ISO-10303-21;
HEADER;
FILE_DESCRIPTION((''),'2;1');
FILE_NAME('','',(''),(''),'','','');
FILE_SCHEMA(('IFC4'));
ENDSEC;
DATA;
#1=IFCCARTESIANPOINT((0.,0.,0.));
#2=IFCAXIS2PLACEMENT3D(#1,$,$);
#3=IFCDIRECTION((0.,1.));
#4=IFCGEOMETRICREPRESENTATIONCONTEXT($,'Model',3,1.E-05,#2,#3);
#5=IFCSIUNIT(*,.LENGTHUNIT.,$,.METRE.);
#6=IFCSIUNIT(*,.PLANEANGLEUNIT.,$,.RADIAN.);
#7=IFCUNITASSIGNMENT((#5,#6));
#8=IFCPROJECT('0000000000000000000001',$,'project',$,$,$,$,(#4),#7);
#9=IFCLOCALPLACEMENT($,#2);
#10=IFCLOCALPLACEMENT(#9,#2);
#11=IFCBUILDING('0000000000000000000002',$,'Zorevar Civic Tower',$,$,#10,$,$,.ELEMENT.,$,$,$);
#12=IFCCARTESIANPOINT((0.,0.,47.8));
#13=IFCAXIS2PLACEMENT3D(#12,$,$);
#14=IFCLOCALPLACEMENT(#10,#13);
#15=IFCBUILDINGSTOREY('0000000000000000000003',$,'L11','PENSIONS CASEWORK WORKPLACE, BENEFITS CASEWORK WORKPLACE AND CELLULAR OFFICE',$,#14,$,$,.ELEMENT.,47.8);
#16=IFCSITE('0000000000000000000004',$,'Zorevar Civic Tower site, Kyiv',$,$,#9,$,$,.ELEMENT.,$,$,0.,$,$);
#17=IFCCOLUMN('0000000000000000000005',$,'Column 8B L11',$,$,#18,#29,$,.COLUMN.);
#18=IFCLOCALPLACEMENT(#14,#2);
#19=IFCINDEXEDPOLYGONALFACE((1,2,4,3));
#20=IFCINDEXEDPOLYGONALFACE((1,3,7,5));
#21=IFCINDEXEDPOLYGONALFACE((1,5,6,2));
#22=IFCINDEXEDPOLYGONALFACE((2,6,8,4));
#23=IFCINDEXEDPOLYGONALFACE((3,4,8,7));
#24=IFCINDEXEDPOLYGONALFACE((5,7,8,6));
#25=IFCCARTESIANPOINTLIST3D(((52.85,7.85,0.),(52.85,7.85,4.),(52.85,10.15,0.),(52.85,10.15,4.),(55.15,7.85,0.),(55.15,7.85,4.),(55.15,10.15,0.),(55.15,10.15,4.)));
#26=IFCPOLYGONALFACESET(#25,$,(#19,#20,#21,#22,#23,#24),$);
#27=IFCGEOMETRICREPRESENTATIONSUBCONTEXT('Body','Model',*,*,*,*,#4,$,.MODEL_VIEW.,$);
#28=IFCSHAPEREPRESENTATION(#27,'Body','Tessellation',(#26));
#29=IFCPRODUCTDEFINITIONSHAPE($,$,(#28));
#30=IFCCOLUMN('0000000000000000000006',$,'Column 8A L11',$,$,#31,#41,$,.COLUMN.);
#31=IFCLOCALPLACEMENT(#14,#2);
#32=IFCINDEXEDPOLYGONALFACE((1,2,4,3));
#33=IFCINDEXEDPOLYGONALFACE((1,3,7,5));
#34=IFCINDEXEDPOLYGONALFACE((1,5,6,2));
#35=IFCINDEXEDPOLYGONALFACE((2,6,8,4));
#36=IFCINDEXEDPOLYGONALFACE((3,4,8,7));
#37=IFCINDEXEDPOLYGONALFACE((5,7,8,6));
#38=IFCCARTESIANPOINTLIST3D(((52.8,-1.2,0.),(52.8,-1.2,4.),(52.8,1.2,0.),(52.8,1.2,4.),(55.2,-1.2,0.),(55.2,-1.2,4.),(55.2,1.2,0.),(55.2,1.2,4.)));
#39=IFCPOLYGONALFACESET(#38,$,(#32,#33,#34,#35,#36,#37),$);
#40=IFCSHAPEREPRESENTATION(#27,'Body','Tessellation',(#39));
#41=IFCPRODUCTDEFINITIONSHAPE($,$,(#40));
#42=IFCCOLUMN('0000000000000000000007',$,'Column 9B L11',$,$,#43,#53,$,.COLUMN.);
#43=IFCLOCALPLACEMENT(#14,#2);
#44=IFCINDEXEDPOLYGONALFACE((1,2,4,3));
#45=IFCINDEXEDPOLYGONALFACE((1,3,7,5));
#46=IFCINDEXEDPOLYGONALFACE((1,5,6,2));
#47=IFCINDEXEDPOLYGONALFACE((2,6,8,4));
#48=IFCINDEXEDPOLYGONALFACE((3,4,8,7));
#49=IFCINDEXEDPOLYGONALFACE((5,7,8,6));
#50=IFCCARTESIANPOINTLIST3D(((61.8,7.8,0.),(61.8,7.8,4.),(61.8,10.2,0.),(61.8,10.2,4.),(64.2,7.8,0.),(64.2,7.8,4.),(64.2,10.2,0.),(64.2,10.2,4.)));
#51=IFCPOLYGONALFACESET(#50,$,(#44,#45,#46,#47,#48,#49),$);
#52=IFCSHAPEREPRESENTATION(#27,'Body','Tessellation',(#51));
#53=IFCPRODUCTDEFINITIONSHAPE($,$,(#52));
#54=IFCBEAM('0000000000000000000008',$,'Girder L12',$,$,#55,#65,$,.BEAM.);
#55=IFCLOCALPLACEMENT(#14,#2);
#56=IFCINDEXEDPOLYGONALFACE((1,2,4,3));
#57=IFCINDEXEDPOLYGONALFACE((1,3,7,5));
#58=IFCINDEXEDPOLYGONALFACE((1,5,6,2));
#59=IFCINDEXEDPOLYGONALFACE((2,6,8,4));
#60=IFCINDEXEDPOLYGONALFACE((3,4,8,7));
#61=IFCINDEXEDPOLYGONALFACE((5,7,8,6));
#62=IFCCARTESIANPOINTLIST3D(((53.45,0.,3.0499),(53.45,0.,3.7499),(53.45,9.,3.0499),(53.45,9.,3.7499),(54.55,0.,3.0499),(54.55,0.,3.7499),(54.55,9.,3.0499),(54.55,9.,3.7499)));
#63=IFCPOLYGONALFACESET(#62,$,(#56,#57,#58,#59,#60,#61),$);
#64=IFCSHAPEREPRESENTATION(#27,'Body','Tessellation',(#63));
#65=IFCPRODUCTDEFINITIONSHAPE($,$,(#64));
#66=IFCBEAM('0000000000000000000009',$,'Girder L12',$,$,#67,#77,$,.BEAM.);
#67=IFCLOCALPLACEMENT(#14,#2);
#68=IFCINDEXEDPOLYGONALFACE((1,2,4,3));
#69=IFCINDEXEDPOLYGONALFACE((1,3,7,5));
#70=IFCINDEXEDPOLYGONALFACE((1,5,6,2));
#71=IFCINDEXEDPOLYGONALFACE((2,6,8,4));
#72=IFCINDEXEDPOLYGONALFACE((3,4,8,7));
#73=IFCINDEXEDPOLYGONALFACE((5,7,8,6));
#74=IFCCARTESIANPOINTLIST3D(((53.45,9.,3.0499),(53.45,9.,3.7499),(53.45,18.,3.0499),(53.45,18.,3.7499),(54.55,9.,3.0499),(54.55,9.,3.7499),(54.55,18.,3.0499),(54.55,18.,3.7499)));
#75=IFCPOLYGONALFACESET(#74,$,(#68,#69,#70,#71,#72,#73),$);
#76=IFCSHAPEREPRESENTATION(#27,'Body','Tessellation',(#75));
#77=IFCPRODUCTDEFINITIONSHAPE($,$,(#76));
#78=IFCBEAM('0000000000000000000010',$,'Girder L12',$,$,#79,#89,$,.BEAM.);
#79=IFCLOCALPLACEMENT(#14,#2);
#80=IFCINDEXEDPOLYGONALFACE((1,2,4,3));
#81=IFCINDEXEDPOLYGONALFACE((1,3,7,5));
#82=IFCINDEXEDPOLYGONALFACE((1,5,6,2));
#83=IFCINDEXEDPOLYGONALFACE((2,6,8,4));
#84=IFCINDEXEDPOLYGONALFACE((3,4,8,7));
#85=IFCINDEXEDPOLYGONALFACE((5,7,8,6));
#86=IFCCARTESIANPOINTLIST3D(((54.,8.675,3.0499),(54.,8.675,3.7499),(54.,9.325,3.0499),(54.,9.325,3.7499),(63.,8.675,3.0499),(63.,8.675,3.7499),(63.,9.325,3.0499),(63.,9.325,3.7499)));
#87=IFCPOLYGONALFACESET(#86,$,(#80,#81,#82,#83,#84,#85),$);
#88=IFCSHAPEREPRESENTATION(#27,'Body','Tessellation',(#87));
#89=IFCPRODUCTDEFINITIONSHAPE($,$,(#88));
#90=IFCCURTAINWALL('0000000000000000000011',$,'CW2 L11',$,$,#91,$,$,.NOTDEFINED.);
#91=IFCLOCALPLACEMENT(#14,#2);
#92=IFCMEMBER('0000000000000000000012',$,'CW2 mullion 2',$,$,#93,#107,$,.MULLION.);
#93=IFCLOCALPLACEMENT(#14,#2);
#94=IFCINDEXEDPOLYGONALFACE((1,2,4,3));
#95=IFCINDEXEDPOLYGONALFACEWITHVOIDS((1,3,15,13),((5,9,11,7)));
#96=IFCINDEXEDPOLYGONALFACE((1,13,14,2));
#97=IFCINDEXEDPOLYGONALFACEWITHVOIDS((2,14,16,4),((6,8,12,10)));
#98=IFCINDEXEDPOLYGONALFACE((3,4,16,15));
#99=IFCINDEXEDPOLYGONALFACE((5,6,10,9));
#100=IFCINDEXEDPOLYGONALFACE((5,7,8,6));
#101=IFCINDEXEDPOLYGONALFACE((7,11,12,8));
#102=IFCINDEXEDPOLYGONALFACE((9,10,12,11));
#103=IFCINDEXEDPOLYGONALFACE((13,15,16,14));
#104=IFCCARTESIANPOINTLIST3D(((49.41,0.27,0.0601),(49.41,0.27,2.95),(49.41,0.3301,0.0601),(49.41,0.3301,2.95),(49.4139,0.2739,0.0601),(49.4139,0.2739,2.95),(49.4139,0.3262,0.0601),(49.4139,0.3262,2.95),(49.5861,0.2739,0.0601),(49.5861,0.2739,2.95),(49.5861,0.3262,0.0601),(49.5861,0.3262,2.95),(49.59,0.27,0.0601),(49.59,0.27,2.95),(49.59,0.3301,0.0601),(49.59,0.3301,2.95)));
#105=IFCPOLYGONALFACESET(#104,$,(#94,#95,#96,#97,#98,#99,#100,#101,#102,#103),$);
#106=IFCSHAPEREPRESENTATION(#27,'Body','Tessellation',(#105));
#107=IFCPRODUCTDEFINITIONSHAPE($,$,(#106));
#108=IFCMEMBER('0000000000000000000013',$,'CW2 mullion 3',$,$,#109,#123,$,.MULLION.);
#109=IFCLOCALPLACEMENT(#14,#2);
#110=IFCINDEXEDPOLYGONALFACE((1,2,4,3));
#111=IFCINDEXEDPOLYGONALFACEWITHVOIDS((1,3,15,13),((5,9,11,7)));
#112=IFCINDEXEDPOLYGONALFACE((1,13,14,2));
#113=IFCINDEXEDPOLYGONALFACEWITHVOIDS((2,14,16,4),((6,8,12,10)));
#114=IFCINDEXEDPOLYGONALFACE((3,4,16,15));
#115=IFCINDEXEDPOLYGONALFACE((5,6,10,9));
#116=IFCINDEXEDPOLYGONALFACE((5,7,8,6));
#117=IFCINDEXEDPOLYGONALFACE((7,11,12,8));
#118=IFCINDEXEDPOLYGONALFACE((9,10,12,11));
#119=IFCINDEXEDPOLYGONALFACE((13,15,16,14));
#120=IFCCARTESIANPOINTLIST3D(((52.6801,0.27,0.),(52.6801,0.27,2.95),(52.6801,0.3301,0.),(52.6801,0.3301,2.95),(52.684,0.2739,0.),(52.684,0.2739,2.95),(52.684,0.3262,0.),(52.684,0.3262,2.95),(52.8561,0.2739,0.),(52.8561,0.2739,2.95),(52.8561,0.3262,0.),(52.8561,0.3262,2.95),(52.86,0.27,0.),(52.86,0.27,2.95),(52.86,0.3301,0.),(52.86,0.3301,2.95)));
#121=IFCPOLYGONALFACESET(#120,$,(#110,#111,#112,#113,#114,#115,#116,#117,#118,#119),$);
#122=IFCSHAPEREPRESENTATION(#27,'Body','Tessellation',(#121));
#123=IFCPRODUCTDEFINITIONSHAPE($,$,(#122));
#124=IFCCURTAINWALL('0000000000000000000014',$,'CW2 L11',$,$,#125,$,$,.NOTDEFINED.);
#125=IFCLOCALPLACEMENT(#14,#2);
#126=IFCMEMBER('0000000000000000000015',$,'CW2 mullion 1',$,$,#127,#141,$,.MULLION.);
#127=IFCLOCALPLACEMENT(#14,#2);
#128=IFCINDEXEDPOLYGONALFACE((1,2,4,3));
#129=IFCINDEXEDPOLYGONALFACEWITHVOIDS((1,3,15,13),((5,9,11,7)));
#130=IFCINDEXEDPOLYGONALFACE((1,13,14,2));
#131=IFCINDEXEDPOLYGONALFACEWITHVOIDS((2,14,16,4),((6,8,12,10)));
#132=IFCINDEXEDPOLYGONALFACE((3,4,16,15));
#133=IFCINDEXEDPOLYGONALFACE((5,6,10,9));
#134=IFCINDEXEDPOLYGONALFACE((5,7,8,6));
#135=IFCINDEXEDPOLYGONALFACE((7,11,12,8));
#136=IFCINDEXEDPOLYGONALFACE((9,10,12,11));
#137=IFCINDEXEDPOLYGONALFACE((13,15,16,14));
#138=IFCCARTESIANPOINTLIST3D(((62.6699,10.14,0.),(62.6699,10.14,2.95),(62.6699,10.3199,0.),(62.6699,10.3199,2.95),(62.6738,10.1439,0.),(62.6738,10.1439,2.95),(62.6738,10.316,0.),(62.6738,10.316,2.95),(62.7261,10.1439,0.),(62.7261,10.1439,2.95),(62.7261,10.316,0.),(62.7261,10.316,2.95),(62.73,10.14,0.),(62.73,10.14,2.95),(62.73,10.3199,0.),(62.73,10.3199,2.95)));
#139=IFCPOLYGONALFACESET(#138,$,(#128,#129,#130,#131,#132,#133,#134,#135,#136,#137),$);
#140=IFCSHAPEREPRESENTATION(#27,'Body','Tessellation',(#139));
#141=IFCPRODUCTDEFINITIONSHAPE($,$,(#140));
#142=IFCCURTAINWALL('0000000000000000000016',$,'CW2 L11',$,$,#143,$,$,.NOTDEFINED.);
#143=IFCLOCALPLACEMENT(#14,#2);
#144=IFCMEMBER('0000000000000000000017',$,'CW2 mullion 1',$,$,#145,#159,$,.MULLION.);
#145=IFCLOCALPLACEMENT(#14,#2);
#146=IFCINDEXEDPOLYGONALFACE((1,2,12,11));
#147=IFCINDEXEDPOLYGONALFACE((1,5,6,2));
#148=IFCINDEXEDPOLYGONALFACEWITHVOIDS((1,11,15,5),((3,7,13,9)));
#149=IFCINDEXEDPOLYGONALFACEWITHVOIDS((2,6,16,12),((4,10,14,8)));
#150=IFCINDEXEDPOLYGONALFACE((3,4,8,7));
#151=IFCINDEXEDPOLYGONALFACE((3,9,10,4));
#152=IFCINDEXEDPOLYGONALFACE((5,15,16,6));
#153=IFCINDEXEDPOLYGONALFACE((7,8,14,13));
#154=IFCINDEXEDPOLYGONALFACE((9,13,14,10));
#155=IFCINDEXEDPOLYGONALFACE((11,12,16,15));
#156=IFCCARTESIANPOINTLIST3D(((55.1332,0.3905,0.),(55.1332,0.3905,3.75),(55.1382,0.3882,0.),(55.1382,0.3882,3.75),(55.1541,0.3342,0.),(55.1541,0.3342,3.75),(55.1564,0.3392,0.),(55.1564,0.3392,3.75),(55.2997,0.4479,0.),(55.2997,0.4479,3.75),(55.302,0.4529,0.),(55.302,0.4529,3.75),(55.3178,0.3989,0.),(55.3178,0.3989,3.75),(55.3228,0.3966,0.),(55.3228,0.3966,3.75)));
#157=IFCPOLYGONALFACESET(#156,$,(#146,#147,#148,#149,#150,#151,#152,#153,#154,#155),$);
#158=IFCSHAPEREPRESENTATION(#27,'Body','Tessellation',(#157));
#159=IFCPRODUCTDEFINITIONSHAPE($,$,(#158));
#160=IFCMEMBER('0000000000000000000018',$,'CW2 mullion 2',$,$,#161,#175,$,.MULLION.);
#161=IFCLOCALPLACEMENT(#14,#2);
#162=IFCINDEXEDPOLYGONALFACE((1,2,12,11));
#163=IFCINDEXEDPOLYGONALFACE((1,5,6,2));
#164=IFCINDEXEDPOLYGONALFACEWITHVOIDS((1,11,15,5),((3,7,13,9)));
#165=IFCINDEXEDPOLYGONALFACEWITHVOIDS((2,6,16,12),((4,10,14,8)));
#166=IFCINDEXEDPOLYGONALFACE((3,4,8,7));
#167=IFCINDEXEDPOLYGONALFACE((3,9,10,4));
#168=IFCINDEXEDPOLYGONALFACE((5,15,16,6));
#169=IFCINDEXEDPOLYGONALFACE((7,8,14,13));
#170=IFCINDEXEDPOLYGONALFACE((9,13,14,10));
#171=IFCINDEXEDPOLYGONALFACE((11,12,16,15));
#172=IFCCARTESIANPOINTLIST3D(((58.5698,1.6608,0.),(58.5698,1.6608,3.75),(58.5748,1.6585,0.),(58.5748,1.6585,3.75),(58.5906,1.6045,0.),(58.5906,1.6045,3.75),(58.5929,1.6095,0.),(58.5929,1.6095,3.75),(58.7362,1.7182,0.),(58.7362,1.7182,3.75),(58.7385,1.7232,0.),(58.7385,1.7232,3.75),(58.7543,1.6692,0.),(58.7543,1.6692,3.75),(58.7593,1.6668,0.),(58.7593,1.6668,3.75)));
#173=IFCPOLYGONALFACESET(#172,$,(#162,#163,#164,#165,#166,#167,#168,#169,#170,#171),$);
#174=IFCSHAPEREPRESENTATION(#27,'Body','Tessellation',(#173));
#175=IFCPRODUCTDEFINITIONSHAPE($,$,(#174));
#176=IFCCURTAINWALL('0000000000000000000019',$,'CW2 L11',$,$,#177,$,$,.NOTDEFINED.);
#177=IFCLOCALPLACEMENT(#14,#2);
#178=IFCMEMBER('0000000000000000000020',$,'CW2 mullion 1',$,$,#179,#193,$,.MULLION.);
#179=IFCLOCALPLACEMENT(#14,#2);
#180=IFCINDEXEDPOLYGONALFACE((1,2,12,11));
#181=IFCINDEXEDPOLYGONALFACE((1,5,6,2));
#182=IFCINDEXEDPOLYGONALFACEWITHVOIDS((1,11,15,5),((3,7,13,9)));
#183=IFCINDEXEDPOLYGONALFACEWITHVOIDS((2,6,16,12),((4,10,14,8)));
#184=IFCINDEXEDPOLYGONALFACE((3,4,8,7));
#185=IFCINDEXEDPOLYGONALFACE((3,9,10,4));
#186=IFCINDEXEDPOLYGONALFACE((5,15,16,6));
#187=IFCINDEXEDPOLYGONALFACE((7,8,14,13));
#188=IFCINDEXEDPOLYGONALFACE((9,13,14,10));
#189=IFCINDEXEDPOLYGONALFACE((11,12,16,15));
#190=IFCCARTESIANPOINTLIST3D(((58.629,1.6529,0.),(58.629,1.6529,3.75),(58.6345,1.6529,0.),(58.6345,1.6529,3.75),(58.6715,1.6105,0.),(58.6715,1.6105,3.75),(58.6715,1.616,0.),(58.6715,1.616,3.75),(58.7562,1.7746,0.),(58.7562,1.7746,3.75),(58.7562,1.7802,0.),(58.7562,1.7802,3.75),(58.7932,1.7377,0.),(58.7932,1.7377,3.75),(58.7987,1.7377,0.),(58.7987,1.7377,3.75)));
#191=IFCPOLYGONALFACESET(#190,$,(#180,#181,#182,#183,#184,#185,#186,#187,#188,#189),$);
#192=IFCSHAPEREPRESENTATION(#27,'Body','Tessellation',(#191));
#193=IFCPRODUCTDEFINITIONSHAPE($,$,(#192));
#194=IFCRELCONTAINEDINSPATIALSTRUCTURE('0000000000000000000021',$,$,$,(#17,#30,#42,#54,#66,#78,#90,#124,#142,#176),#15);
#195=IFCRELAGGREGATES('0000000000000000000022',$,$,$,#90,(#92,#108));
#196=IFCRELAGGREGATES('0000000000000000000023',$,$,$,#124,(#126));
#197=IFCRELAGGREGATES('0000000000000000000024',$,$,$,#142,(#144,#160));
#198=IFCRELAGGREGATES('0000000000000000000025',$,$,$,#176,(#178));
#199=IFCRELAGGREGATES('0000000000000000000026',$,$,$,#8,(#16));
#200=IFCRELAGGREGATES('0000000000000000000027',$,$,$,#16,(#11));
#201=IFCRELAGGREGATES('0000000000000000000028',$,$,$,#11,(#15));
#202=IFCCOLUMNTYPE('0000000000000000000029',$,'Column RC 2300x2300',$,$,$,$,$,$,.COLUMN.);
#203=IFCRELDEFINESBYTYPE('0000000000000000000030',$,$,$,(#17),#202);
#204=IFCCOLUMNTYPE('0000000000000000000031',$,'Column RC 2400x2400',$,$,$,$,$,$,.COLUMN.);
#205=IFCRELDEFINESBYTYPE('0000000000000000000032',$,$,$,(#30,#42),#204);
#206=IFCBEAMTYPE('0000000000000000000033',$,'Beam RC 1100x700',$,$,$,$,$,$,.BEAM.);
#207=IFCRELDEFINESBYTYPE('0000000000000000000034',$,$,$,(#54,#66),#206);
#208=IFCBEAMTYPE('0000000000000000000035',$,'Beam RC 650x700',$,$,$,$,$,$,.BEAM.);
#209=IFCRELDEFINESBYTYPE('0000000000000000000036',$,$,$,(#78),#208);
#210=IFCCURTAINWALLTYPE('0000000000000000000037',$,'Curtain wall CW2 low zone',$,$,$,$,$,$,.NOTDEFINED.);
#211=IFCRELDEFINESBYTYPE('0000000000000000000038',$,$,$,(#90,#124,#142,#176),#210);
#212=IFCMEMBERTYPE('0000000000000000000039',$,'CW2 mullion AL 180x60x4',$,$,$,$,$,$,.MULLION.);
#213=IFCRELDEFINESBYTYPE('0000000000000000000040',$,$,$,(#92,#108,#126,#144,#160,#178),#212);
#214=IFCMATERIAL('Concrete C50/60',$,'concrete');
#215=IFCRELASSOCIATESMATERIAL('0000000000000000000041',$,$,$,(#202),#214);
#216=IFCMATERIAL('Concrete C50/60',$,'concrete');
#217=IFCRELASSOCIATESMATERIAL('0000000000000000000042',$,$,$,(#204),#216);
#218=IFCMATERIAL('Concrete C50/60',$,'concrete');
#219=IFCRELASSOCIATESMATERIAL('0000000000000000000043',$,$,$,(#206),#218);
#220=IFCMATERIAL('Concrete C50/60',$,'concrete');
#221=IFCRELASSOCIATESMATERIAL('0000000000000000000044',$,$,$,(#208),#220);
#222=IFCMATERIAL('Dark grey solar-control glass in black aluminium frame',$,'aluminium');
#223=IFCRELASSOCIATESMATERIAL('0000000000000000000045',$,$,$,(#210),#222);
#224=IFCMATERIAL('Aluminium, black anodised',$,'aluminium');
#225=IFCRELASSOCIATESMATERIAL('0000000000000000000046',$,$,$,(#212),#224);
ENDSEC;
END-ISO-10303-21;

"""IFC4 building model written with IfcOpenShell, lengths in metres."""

from ifc_helpers import new_model, si_unit, direction, frame, origin, origin_2d, place, context, subcontext, project, spatial, rectangle, hollow_rectangle, extrude, material, material_profile, profile_set, type_object, element, aggregate, save


model = new_model("IFC4")

# Units and contexts
model_context = context("Model", 3, precision=1e-05, world=origin(), true_north=direction((0.0, 1.0)))
body_context = subcontext(model_context, "Body", "Model", "MODEL_VIEW")
ifc_project = project(units=[si_unit("LENGTHUNIT", "METRE"), si_unit("PLANEANGLEUNIT", "RADIAN")], contexts=[model_context])

# Site, building, storey
site_placement = place(None, origin())
site = spatial("IfcSite", under=ifc_project, at=site_placement, Name="Zorevar Civic Tower site, Kyiv", CompositionType="ELEMENT", RefElevation=0.0)
building_placement = place(site_placement, origin())
building = spatial("IfcBuilding", under=site, at=building_placement, Name="Zorevar Civic Tower", CompositionType="ELEMENT")
storey_placement = place(building_placement, frame((0.0, 0.0, 47.8)))
storey = spatial("IfcBuildingStorey", under=building, at=storey_placement, Name="L11", Description="PENSIONS CASEWORK WORKPLACE, BENEFITS CASEWORK WORKPLACE AND CELLULAR OFFICE", CompositionType="ELEMENT", Elevation=47.8)

# Columns
ifc_material_1 = material(Name="Concrete C50/60", Category="concrete")
ifc_material_profile_1 = material_profile(ifc_material_1, rectangle(XDim=2.3, YDim=2.3, at=origin_2d()), Name="RC 2300x2300")
ifc_profile_set_1 = profile_set([ifc_material_profile_1], Name="Concrete C50/60")
column_type_1 = type_object("IfcColumnType", Name="Column RC 2300x2300", PredefinedType="COLUMN", material=ifc_profile_set_1)
column_placement = place(storey_placement, frame((54.0, 9.0, 0.0), z_axis=(0.0, 0.0, 1.0), x_axis=(1.0, 0.0, 0.0)))
element("IfcColumn", 1, at=column_placement, inside=storey, type_object=column_type_1, Name="Column 8B L11", PredefinedType="COLUMN", context=body_context, shape_type="SweptSolid", body=[
    extrude(rectangle(XDim=2.3, YDim=2.3, at=origin_2d()), origin(), (0.0, 0.0, 1.0), 4.0),
])
ifc_material_2 = material(Name="Concrete C50/60", Category="concrete")
ifc_material_profile_2 = material_profile(ifc_material_2, rectangle(XDim=2.3999, YDim=2.3999, at=origin_2d()), Name="RC 2400x2400")
ifc_profile_set_2 = profile_set([ifc_material_profile_2], Name="Concrete C50/60")
column_type_2 = type_object("IfcColumnType", Name="Column RC 2400x2400", PredefinedType="COLUMN", material=ifc_profile_set_2)
for number, where, z_axis, x_axis, name in (
    (2, (54.0, 0.0, 0.0), (0.0, 0.0, 1.0), (1.0, 0.0, 0.0), "Column 8A L11"),
    (3, (63.0, 9.0, 0.0), (0.0, 0.0, 1.0), (1.0, 0.0, 0.0), "Column 9B L11"),
):
    element("IfcColumn", number, at=place(storey_placement, frame(where, z_axis=z_axis, x_axis=x_axis)), inside=storey, type_object=column_type_2, Name=name, PredefinedType="COLUMN", context=body_context, shape_type="SweptSolid", body=[
        extrude(rectangle(XDim=2.3999, YDim=2.3999, at=origin_2d()), origin(), (0.0, 0.0, 1.0), 4.0),
    ])

# Beams
ifc_material_3 = material(Name="Concrete C50/60", Category="concrete")
ifc_material_profile_3 = material_profile(ifc_material_3, rectangle(XDim=1.1001, YDim=0.7, at=origin_2d()), Name="RC 1100x700")
ifc_profile_set_3 = profile_set([ifc_material_profile_3], Name="Concrete C50/60")
beam_type_1 = type_object("IfcBeamType", Name="Beam RC 1100x700", PredefinedType="BEAM", material=ifc_profile_set_3)
for number, where, z_axis, x_axis, name in (
    (4, (54.0, 0.0, 3.3999), (0.0, 1.0, 0.0), (-1.0, 0.0, 0.0), "Girder L12"),
    (5, (54.0, 9.0, 3.3999), (0.0, 1.0, 0.0), (-1.0, 0.0, 0.0), "Girder L12"),
):
    element("IfcBeam", number, at=place(storey_placement, frame(where, z_axis=z_axis, x_axis=x_axis)), inside=storey, type_object=beam_type_1, Name=name, PredefinedType="BEAM", context=body_context, shape_type="SweptSolid", body=[
        extrude(rectangle(XDim=1.1001, YDim=0.7, at=origin_2d()), origin(), (0.0, 0.0, 1.0), 9.0),
    ])
ifc_material_4 = material(Name="Concrete C50/60", Category="concrete")
ifc_material_profile_4 = material_profile(ifc_material_4, rectangle(XDim=0.6499, YDim=0.7, at=origin_2d()), Name="RC 650x700")
ifc_profile_set_4 = profile_set([ifc_material_profile_4], Name="Concrete C50/60")
beam_type_2 = type_object("IfcBeamType", Name="Beam RC 650x700", PredefinedType="BEAM", material=ifc_profile_set_4)
beam_1_placement = place(storey_placement, frame((54.0, 9.0, 3.3999), z_axis=(1.0, 0.0, 0.0), x_axis=(0.0, 1.0, 0.0)))
element("IfcBeam", 6, at=beam_1_placement, inside=storey, type_object=beam_type_2, Name="Girder L12", PredefinedType="BEAM", context=body_context, shape_type="SweptSolid", body=[
    extrude(rectangle(XDim=0.6499, YDim=0.7, at=origin_2d()), origin(), (0.0, 0.0, 1.0), 9.0),
])

# Curtain wall, members
ifc_material_5 = material(Name="Dark grey solar-control glass in black aluminium frame", Category="aluminium")
curtain_wall_type = type_object("IfcCurtainWallType", Name="Curtain wall CW2 low zone", PredefinedType="NOTDEFINED", material=ifc_material_5)
curtain_wall_1_placement = place(storey_placement, origin())
curtain_wall_1 = element("IfcCurtainWall", 7, at=curtain_wall_1_placement, inside=storey, type_object=curtain_wall_type, Name="CW2 L11", PredefinedType="NOTDEFINED")
ifc_material_6 = material(Name="Aluminium, black anodised", Category="aluminium")
ifc_material_profile_5 = material_profile(ifc_material_6, hollow_rectangle(XDim=0.0601, YDim=0.1799, WallThickness=0.0039, at=origin_2d()), Name="AL 180x60x4")
ifc_profile_set_5 = profile_set([ifc_material_profile_5], Name="Aluminium, black anodised")
member_type_1 = type_object("IfcMemberType", Name="CW2 mullion AL 180x60x4", PredefinedType="MULLION", material=ifc_profile_set_5)
member_1_placement = place(storey_placement, frame((49.5, 0.3, 0.0601), z_axis=(0.0, 0.0, 1.0), x_axis=(0.0, 1.0, 0.0)))
member_1 = element("IfcMember", 8, at=member_1_placement, type_object=member_type_1, Name="CW2 mullion 2", PredefinedType="MULLION", context=body_context, shape_type="SweptSolid", body=[
    extrude(hollow_rectangle(XDim=0.0601, YDim=0.1799, WallThickness=0.0039, at=origin_2d()), origin(), (0.0, 0.0, 1.0), 2.8899),
])
member_2_placement = place(storey_placement, frame((52.77, 0.3, 0.0), z_axis=(0.0, 0.0, 1.0), x_axis=(0.0, 1.0, 0.0)))
member_2 = element("IfcMember", 9, at=member_2_placement, type_object=member_type_1, Name="CW2 mullion 3", PredefinedType="MULLION", context=body_context, shape_type="SweptSolid", body=[
    extrude(hollow_rectangle(XDim=0.0601, YDim=0.1799, WallThickness=0.0039, at=origin_2d()), origin(), (0.0, 0.0, 1.0), 2.95),
])

# Curtain wall, member
curtain_wall_2_placement = place(storey_placement, origin())
curtain_wall_2 = element("IfcCurtainWall", 10, at=curtain_wall_2_placement, inside=storey, type_object=curtain_wall_type, Name="CW2 L11", PredefinedType="NOTDEFINED")
member_3_placement = place(storey_placement, frame((62.7, 10.23, 0.0), z_axis=(0.0, 0.0, 1.0), x_axis=(-1.0, 0.0, 0.0)))
member_3 = element("IfcMember", 11, at=member_3_placement, type_object=member_type_1, Name="CW2 mullion 1", PredefinedType="MULLION", context=body_context, shape_type="SweptSolid", body=[
    extrude(hollow_rectangle(XDim=0.0601, YDim=0.1799, WallThickness=0.0039, at=origin_2d()), origin(), (0.0, 0.0, 1.0), 2.95),
])

# Curtain walls, members
curtain_wall_3_placement = place(storey_placement, origin())
curtain_wall_3 = element("IfcCurtainWall", 12, at=curtain_wall_3_placement, inside=storey, type_object=curtain_wall_type, Name="CW2 L11", PredefinedType="NOTDEFINED")
member_4_placement = place(storey_placement, frame((55.228, 0.3936, 0.0), z_axis=(0.0, 0.0, 1.0), x_axis=(-0.346704, 0.937975, 0.0)))
member_4 = element("IfcMember", 13, at=member_4_placement, type_object=member_type_1, Name="CW2 mullion 1", PredefinedType="MULLION", context=body_context, shape_type="SweptSolid", body=[
    extrude(hollow_rectangle(XDim=0.0601, YDim=0.1799, WallThickness=0.0039, at=origin_2d()), origin(), (0.0, 0.0, 1.0), 3.75),
])
member_5_placement = place(storey_placement, frame((58.6646, 1.6638, 0.0), z_axis=(0.0, 0.0, 1.0), x_axis=(-0.346704, 0.937975, 0.0)))
member_5 = element("IfcMember", 14, at=member_5_placement, type_object=member_type_1, Name="CW2 mullion 2", PredefinedType="MULLION", context=body_context, shape_type="SweptSolid", body=[
    extrude(hollow_rectangle(XDim=0.0601, YDim=0.1799, WallThickness=0.0039, at=origin_2d()), origin(), (0.0, 0.0, 1.0), 3.75),
])
curtain_wall_4_placement = place(storey_placement, origin())
curtain_wall_4 = element("IfcCurtainWall", 15, at=curtain_wall_4_placement, inside=storey, type_object=curtain_wall_type, Name="CW2 L11", PredefinedType="NOTDEFINED")
member_6_placement = place(storey_placement, frame((58.7139, 1.6953, 0.0), z_axis=(0.0, 0.0, 1.0), x_axis=(-0.707107, 0.707107, 0.0)))
member_6 = element("IfcMember", 16, at=member_6_placement, type_object=member_type_1, Name="CW2 mullion 1", PredefinedType="MULLION", context=body_context, shape_type="SweptSolid", body=[
    extrude(hollow_rectangle(XDim=0.0601, YDim=0.1799, WallThickness=0.0039, at=origin_2d()), origin(), (0.0, 0.0, 1.0), 3.75),
])

aggregate(curtain_wall_1, [member_1, member_2])
aggregate(curtain_wall_2, [member_3])
aggregate(curtain_wall_3, [member_4, member_5])
aggregate(curtain_wall_4, [member_6])

save(model, "model.ifc")
